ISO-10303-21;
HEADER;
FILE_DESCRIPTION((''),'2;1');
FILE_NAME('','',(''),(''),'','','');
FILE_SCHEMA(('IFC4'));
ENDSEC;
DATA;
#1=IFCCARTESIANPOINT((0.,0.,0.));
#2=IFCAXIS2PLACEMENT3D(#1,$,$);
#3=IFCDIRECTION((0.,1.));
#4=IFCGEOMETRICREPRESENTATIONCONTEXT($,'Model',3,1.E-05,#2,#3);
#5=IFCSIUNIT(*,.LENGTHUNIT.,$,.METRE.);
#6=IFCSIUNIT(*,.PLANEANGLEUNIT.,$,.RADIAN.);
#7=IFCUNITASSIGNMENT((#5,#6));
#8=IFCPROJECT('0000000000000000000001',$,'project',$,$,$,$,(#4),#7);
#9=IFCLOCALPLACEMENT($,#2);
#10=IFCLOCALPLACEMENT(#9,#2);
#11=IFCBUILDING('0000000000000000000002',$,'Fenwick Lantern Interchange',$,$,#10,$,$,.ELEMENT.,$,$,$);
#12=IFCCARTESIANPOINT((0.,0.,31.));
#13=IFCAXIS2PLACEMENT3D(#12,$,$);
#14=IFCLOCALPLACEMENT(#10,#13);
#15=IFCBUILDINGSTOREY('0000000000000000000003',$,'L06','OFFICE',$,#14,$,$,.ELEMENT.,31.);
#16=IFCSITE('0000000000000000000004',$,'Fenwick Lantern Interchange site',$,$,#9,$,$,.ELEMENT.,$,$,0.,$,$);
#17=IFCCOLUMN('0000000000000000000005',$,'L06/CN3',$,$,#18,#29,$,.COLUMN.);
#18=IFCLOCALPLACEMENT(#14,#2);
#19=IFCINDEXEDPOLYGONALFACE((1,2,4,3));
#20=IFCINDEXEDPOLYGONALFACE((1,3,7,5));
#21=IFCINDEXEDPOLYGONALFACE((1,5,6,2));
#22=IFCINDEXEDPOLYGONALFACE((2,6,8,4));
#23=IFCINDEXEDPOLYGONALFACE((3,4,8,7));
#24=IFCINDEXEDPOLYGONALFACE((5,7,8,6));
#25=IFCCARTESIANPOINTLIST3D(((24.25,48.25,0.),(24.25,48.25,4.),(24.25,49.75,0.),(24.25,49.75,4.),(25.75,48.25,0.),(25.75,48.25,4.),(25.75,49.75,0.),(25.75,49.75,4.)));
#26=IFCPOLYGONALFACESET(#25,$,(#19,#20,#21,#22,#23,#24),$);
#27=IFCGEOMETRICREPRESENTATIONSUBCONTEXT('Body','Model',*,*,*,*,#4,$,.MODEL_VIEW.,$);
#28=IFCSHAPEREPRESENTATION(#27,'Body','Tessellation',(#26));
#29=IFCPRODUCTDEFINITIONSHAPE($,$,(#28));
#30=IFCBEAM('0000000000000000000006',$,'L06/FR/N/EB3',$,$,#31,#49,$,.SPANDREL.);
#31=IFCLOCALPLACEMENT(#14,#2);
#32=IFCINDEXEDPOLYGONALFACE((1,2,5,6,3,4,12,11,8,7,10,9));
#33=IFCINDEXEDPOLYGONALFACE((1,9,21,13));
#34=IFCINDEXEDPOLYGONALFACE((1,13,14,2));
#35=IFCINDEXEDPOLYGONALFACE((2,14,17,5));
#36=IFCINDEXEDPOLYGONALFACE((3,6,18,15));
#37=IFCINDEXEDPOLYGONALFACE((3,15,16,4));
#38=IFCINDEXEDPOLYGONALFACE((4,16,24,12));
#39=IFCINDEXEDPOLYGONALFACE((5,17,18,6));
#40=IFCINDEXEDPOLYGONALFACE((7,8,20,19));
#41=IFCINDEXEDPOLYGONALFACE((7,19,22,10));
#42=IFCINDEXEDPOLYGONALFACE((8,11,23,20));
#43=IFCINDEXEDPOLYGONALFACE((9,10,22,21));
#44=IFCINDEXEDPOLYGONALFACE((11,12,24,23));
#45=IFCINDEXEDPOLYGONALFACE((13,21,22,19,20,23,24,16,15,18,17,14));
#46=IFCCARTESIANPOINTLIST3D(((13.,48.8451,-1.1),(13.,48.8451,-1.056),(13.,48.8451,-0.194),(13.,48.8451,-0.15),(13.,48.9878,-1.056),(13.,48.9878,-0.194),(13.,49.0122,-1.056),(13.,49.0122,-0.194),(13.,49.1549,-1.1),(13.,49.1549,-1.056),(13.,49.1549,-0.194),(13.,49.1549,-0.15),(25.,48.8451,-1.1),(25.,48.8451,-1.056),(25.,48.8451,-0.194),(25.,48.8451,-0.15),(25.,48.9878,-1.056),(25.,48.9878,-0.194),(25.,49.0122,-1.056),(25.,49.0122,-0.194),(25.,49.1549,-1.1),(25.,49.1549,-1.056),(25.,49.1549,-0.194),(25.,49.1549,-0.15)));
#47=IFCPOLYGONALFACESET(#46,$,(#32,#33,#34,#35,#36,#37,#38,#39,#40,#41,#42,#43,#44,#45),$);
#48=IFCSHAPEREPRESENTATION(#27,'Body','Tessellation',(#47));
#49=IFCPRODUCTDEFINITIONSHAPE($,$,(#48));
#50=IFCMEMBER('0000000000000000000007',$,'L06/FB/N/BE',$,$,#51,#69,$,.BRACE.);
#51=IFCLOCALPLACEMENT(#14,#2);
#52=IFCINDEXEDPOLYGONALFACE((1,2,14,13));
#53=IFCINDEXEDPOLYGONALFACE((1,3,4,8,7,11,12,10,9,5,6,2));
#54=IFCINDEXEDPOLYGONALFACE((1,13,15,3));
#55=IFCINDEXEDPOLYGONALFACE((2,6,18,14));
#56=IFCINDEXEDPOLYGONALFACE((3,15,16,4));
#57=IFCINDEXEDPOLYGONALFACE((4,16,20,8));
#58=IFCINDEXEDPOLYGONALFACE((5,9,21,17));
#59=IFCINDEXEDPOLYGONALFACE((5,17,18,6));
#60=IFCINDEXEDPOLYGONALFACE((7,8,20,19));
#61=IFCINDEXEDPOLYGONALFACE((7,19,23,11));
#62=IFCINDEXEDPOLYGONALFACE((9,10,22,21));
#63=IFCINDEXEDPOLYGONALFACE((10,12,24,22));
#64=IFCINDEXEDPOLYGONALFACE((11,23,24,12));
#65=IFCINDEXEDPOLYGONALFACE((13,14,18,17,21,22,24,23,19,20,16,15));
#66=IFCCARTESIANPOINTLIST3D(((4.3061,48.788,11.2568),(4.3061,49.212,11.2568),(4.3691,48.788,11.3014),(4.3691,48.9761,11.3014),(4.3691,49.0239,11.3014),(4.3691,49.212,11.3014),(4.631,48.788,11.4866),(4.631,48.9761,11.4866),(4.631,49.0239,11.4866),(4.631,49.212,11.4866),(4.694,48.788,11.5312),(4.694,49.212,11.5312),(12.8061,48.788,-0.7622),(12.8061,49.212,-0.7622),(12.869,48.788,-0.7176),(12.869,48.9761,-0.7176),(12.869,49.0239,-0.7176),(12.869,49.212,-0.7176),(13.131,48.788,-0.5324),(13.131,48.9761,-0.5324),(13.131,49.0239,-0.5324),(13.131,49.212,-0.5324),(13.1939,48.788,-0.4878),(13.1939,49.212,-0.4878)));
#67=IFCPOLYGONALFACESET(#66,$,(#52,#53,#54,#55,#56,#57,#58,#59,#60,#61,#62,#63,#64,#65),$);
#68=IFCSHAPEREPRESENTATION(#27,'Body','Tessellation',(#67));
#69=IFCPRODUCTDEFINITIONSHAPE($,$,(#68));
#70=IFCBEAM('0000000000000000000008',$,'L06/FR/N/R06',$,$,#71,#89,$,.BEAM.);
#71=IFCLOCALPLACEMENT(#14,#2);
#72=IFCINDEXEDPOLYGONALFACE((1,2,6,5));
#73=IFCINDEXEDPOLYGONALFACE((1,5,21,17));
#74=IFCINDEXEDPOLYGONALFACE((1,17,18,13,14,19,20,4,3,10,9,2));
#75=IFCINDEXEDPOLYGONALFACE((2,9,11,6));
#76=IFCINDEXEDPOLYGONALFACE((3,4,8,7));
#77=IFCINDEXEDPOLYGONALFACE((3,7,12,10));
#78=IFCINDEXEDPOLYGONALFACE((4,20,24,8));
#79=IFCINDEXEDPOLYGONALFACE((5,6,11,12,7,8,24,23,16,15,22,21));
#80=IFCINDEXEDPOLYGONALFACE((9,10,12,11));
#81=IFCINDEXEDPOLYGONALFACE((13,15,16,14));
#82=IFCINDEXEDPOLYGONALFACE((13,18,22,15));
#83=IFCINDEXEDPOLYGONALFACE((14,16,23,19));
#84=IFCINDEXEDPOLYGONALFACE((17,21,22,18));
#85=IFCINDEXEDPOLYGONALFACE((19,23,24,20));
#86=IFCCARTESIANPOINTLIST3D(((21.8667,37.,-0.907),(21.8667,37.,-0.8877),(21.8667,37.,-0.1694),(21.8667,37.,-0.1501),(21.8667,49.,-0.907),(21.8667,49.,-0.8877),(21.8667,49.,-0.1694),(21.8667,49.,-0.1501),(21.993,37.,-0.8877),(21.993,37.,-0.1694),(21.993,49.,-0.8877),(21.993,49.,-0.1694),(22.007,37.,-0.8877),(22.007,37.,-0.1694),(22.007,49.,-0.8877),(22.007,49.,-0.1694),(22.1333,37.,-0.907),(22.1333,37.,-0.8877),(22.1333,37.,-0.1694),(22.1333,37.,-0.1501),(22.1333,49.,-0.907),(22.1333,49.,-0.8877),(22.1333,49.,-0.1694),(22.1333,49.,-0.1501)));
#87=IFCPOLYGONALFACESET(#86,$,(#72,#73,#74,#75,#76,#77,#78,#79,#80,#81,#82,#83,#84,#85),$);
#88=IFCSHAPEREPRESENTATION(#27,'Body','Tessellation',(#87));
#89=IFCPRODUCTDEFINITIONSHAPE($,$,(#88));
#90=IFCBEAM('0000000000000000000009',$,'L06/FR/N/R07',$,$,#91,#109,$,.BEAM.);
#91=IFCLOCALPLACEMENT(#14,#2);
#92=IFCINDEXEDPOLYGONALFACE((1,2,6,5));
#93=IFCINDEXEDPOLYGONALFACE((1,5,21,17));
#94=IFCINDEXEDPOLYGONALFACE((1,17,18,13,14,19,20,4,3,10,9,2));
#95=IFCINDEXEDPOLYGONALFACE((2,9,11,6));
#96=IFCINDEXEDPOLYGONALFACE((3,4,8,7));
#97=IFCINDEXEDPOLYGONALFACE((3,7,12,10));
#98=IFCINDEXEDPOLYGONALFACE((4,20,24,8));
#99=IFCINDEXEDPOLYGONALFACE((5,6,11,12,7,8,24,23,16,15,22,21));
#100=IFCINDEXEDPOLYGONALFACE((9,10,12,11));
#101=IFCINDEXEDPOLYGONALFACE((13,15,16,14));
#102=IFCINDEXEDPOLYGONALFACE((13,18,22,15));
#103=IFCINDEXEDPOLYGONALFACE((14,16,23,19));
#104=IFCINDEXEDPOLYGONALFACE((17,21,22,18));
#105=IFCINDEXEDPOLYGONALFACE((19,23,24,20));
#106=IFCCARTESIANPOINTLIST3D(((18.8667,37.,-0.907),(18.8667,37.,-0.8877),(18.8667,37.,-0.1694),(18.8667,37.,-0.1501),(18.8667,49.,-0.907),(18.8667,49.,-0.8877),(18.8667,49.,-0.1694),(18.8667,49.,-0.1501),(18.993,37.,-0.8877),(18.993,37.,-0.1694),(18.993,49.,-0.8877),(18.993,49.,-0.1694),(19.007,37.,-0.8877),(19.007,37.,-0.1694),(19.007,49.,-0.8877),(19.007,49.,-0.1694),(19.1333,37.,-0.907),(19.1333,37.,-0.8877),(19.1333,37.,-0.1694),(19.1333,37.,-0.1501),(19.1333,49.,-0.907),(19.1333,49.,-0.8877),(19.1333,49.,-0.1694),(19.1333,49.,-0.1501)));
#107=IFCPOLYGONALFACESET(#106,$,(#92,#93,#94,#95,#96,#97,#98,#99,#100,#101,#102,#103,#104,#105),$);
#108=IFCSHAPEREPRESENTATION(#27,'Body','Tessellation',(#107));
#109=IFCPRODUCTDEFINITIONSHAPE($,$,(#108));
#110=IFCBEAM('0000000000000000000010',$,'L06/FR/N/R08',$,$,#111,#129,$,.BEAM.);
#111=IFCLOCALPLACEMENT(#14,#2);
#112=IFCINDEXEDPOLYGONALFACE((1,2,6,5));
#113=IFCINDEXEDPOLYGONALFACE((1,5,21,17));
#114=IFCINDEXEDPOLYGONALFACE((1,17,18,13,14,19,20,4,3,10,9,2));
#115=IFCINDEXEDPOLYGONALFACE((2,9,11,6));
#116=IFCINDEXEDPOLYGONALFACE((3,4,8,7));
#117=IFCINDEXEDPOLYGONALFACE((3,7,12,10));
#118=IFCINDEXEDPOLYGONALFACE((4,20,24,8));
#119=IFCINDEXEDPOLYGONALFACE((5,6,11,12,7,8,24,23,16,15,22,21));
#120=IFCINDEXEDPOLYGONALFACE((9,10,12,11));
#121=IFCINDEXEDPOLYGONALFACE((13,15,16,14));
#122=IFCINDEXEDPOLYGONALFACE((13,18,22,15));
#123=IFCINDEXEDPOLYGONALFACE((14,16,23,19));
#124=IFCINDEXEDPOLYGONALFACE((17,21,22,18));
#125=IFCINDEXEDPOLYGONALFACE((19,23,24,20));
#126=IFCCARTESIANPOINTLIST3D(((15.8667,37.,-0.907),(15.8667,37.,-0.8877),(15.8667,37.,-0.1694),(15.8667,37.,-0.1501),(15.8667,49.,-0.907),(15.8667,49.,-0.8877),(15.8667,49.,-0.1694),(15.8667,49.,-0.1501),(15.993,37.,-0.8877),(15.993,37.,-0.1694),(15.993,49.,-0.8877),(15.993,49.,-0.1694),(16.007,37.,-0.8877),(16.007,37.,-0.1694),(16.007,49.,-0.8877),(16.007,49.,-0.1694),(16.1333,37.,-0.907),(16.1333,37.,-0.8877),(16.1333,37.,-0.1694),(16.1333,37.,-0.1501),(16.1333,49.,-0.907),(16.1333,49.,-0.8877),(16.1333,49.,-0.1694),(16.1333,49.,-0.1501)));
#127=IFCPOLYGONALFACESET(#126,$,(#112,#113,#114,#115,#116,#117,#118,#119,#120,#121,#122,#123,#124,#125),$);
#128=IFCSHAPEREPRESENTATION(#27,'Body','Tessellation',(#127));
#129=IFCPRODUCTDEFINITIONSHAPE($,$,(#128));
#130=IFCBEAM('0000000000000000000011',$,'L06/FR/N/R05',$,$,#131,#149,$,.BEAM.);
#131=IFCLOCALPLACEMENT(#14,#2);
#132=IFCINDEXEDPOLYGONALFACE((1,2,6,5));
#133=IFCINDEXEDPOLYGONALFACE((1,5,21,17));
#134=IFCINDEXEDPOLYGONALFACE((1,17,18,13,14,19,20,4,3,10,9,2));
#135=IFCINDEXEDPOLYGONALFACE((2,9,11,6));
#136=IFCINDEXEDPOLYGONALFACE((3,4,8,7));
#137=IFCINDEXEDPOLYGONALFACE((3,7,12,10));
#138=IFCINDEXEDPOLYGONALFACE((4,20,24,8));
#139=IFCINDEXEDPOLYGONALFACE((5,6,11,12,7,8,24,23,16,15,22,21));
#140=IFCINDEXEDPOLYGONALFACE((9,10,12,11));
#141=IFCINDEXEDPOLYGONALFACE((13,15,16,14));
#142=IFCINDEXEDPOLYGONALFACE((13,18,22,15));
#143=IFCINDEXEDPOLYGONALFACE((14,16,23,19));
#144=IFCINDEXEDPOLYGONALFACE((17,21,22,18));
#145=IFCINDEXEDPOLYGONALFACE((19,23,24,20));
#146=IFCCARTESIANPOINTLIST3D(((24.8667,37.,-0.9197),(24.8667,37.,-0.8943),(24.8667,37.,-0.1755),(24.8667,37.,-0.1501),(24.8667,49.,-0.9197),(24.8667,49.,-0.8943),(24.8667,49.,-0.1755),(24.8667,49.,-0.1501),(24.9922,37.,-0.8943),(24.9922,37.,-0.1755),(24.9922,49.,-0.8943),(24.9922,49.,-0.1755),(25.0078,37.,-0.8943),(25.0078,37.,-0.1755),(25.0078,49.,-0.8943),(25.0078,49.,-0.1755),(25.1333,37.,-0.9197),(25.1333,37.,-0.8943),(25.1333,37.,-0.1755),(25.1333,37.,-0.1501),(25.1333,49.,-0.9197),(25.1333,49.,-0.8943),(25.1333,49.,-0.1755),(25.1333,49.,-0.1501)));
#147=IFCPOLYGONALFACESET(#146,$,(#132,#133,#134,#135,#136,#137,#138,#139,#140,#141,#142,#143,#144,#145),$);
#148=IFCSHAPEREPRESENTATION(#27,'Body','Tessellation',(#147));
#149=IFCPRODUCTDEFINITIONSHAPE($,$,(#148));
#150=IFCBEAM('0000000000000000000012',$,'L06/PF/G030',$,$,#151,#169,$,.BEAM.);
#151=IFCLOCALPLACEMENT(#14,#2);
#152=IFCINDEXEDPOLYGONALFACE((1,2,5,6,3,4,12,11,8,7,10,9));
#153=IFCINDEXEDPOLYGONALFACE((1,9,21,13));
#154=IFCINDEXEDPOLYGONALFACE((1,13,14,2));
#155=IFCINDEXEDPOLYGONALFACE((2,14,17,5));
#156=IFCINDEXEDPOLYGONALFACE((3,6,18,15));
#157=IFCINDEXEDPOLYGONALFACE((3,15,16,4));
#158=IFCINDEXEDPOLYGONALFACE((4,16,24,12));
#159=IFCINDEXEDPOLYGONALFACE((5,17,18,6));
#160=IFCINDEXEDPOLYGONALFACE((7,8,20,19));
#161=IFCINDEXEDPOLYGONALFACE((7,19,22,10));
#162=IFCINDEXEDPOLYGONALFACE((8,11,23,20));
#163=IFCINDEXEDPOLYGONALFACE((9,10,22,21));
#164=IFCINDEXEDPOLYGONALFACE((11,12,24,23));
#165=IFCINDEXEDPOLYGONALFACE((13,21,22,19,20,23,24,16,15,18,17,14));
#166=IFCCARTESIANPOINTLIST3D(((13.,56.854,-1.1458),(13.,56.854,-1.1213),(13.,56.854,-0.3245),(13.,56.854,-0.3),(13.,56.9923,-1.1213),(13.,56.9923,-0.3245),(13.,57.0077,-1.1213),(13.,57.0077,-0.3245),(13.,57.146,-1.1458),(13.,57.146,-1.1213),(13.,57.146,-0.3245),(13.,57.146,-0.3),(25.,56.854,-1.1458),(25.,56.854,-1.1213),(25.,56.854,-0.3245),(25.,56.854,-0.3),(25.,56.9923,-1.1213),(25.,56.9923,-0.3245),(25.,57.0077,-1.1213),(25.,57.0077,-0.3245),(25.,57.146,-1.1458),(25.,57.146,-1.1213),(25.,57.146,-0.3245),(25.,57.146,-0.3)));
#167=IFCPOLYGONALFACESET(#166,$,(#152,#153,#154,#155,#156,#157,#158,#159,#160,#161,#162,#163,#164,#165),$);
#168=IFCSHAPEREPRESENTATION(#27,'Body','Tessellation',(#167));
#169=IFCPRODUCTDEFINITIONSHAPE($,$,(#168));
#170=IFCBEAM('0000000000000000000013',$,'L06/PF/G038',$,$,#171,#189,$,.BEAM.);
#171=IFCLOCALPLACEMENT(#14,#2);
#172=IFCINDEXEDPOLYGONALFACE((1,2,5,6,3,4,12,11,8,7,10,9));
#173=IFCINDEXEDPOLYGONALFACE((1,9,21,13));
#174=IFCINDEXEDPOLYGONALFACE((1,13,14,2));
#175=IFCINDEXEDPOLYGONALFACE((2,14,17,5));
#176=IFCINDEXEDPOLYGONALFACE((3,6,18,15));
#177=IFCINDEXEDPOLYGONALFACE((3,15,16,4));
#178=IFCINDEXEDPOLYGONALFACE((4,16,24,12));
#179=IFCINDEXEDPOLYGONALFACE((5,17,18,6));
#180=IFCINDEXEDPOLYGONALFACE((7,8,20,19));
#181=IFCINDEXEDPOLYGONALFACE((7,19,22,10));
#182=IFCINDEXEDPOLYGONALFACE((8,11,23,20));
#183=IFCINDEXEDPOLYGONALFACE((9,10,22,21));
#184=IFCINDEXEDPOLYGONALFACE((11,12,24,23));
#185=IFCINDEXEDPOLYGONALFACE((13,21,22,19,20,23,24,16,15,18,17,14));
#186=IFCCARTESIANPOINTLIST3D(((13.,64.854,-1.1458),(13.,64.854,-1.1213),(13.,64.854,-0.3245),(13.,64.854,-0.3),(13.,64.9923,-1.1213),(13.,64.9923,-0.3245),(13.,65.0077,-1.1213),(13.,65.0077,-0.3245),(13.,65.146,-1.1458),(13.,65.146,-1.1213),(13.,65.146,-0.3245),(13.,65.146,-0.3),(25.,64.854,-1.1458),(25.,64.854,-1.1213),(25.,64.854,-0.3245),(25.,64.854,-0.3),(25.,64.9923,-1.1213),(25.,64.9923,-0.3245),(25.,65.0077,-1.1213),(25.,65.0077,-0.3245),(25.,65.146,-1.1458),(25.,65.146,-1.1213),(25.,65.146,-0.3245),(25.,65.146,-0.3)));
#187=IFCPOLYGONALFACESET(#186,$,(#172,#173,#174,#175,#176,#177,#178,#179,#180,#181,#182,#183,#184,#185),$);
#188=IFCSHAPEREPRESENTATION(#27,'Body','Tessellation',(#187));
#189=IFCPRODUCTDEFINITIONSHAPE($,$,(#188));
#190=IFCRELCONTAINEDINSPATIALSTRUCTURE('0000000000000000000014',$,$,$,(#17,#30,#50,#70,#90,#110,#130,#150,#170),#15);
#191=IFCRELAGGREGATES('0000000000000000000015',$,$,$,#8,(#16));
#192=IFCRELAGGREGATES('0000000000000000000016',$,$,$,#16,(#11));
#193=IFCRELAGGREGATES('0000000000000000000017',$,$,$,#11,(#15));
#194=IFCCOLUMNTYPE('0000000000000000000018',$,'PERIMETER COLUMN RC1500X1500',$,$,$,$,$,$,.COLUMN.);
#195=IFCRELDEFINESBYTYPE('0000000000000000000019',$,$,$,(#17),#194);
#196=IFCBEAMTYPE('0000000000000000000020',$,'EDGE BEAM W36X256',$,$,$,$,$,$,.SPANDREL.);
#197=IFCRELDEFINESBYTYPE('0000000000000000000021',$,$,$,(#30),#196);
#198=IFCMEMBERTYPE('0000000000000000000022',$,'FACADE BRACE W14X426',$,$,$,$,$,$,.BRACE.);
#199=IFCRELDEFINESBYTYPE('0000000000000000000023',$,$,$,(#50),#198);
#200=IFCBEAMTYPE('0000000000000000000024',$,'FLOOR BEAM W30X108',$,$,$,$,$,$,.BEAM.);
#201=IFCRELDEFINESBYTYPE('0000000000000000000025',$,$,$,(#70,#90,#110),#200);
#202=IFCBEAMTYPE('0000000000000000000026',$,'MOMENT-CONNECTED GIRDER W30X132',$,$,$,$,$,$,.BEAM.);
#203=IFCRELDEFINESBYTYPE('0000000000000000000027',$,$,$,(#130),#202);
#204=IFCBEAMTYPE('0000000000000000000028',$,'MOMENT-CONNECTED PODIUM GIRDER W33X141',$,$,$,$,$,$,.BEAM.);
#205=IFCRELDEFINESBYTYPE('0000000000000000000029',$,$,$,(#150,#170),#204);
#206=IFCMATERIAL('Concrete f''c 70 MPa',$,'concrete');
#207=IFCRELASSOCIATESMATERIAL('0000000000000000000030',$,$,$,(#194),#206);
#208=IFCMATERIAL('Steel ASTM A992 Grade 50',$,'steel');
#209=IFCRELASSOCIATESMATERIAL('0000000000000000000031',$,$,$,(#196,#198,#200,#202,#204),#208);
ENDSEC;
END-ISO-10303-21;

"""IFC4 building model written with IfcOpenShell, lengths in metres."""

from ifc_helpers import new_model, si_unit, direction, frame, origin, origin_2d, place, context, subcontext, project, spatial, rectangle, i_section, extrude, material, material_profile, profile_set, type_object, element, save


model = new_model("IFC4")

# Units and contexts
model_context = context("Model", 3, precision=1e-05, world=origin(), true_north=direction((0.0, 1.0)))
body_context = subcontext(model_context, "Body", "Model", "MODEL_VIEW")
ifc_project = project(units=[si_unit("LENGTHUNIT", "METRE"), si_unit("PLANEANGLEUNIT", "RADIAN")], contexts=[model_context])

# Site, building, storey
site_placement = place(None, origin())
site = spatial("IfcSite", under=ifc_project, at=site_placement, Name="Fenwick Lantern Interchange site", CompositionType="ELEMENT", RefElevation=0.0)
building_placement = place(site_placement, origin())
building = spatial("IfcBuilding", under=site, at=building_placement, Name="Fenwick Lantern Interchange", CompositionType="ELEMENT")
storey_placement = place(building_placement, frame((0.0, 0.0, 31.0)))
storey = spatial("IfcBuildingStorey", under=building, at=storey_placement, Name="L06", Description="OFFICE", CompositionType="ELEMENT", Elevation=31.0)

# Column
ifc_material_1 = material(Name="Concrete f'c 70 MPa", Category="concrete")
ifc_material_profile_1 = material_profile(ifc_material_1, rectangle(XDim=1.5, YDim=1.5, at=origin_2d()), Name="RC1500X1500")
ifc_profile_set_1 = profile_set([ifc_material_profile_1], Name="Concrete f'c 70 MPa")
column_type = type_object("IfcColumnType", Name="PERIMETER COLUMN RC1500X1500", PredefinedType="COLUMN", material=ifc_profile_set_1)
column_placement = place(storey_placement, frame((25.0, 49.0, 0.0), z_axis=(0.0, 0.0, 1.0), x_axis=(1.0, 0.0, 0.0)))
element("IfcColumn", 1, at=column_placement, inside=storey, type_object=column_type, Name="L06/CN3", PredefinedType="COLUMN", context=body_context, shape_type="SweptSolid", body=[
    extrude(rectangle(XDim=1.5, YDim=1.5, at=origin_2d()), origin(), (0.0, 0.0, 1.0), 4.0),
])

# Beam
ifc_material_2 = material(Name="Steel ASTM A992 Grade 50", Category="steel")
ifc_material_profile_2 = material_profile(ifc_material_2, i_section(OverallWidth=0.3098, OverallDepth=0.95, WebThickness=0.0244, FlangeThickness=0.0439, at=origin_2d()), Name="W36X256")
ifc_profile_set_2 = profile_set([ifc_material_profile_2], Name="Steel ASTM A992 Grade 50")
beam_type_1 = type_object("IfcBeamType", Name="EDGE BEAM W36X256", PredefinedType="SPANDREL", material=ifc_profile_set_2)
beam_1_placement = place(storey_placement, frame((25.0, 49.0, -0.625), z_axis=(-1.0, 0.0, 0.0), x_axis=(0.0, -1.0, 0.0)))
element("IfcBeam", 2, at=beam_1_placement, inside=storey, type_object=beam_type_1, Name="L06/FR/N/EB3", PredefinedType="SPANDREL", context=body_context, shape_type="SweptSolid", body=[
    extrude(i_section(OverallWidth=0.3098, OverallDepth=0.95, WebThickness=0.0244, FlangeThickness=0.0439, at=origin_2d()), origin(), (0.0, 0.0, 1.0), 12.0),
])

# Member
ifc_material_profile_3 = material_profile(ifc_material_2, i_section(OverallWidth=0.4241, OverallDepth=0.4751, WebThickness=0.0479, FlangeThickness=0.0771, at=origin_2d()), Name="W14X426")
ifc_profile_set_3 = profile_set([ifc_material_profile_3], Name="Steel ASTM A992 Grade 50")
member_type_1 = type_object("IfcMemberType", Name="FACADE BRACE W14X426", PredefinedType="BRACE", material=ifc_profile_set_3)
member_1_placement = place(storey_placement, frame((13.0, 49.0, -0.625), z_axis=(-0.577407, 0.0, 0.816456), x_axis=(0.0, -1.0, 0.0)))
element("IfcMember", 3, at=member_1_placement, inside=storey, type_object=member_type_1, Name="L06/FB/N/BE", PredefinedType="BRACE", context=body_context, shape_type="SweptSolid", body=[
    extrude(i_section(OverallWidth=0.4241, OverallDepth=0.4751, WebThickness=0.0479, FlangeThickness=0.0771, at=origin_2d()), origin(), (0.0, 0.0, 1.0), 14.7209),
])

# Beams
ifc_material_profile_4 = material_profile(ifc_material_2, i_section(OverallWidth=0.2666, OverallDepth=0.7568, WebThickness=0.0139, FlangeThickness=0.0193, at=origin_2d()), Name="W30X108")
ifc_profile_set_4 = profile_set([ifc_material_profile_4], Name="Steel ASTM A992 Grade 50")
beam_type_2 = type_object("IfcBeamType", Name="FLOOR BEAM W30X108", PredefinedType="BEAM", material=ifc_profile_set_4)
for number, where, z_axis, x_axis, name in (
    (4, (22.0, 49.0, -0.5286), (0.0, -1.0, 0.0), (1.0, 0.0, 0.0), "L06/FR/N/R06"),
    (5, (19.0, 49.0, -0.5286), (0.0, -1.0, 0.0), (1.0, 0.0, 0.0), "L06/FR/N/R07"),
    (6, (16.0, 49.0, -0.5286), (0.0, -1.0, 0.0), (1.0, 0.0, 0.0), "L06/FR/N/R08"),
):
    element("IfcBeam", number, at=place(storey_placement, frame(where, z_axis=z_axis, x_axis=x_axis)), inside=storey, type_object=beam_type_2, Name=name, PredefinedType="BEAM", context=body_context, shape_type="SweptSolid", body=[
        extrude(i_section(OverallWidth=0.2666, OverallDepth=0.7568, WebThickness=0.0139, FlangeThickness=0.0193, at=origin_2d()), origin(), (0.0, 0.0, 1.0), 12.0),
    ])
ifc_material_profile_5 = material_profile(ifc_material_2, i_section(OverallWidth=0.2666, OverallDepth=0.7695, WebThickness=0.0156, FlangeThickness=0.0254, at=origin_2d()), Name="W30X132")
ifc_profile_set_5 = profile_set([ifc_material_profile_5], Name="Steel ASTM A992 Grade 50")
beam_type_3 = type_object("IfcBeamType", Name="MOMENT-CONNECTED GIRDER W30X132", PredefinedType="BEAM", material=ifc_profile_set_5)
beam_2_placement = place(storey_placement, frame((25.0, 49.0, -0.5349), z_axis=(0.0, -1.0, 0.0), x_axis=(1.0, 0.0, 0.0)))
element("IfcBeam", 7, at=beam_2_placement, inside=storey, type_object=beam_type_3, Name="L06/FR/N/R05", PredefinedType="BEAM", context=body_context, shape_type="SweptSolid", body=[
    extrude(i_section(OverallWidth=0.2666, OverallDepth=0.7695, WebThickness=0.0156, FlangeThickness=0.0254, at=origin_2d()), origin(), (0.0, 0.0, 1.0), 12.0),
])
ifc_material_profile_6 = material_profile(ifc_material_2, i_section(OverallWidth=0.292, OverallDepth=0.8457, WebThickness=0.0154, FlangeThickness=0.0244, at=origin_2d()), Name="W33X141")
ifc_profile_set_6 = profile_set([ifc_material_profile_6], Name="Steel ASTM A992 Grade 50")
beam_type_4 = type_object("IfcBeamType", Name="MOMENT-CONNECTED PODIUM GIRDER W33X141", PredefinedType="BEAM", material=ifc_profile_set_6)
for number, where, z_axis, x_axis, name in (
    (8, (13.0, 57.0, -0.7229), (1.0, 0.0, 0.0), (0.0, 1.0, 0.0), "L06/PF/G030"),
    (9, (13.0, 65.0, -0.7229), (1.0, 0.0, 0.0), (0.0, 1.0, 0.0), "L06/PF/G038"),
):
    element("IfcBeam", number, at=place(storey_placement, frame(where, z_axis=z_axis, x_axis=x_axis)), inside=storey, type_object=beam_type_4, Name=name, PredefinedType="BEAM", context=body_context, shape_type="SweptSolid", body=[
        extrude(i_section(OverallWidth=0.292, OverallDepth=0.8457, WebThickness=0.0154, FlangeThickness=0.0244, at=origin_2d()), origin(), (0.0, 0.0, 1.0), 12.0),
    ])

save(model, "model.ifc")
